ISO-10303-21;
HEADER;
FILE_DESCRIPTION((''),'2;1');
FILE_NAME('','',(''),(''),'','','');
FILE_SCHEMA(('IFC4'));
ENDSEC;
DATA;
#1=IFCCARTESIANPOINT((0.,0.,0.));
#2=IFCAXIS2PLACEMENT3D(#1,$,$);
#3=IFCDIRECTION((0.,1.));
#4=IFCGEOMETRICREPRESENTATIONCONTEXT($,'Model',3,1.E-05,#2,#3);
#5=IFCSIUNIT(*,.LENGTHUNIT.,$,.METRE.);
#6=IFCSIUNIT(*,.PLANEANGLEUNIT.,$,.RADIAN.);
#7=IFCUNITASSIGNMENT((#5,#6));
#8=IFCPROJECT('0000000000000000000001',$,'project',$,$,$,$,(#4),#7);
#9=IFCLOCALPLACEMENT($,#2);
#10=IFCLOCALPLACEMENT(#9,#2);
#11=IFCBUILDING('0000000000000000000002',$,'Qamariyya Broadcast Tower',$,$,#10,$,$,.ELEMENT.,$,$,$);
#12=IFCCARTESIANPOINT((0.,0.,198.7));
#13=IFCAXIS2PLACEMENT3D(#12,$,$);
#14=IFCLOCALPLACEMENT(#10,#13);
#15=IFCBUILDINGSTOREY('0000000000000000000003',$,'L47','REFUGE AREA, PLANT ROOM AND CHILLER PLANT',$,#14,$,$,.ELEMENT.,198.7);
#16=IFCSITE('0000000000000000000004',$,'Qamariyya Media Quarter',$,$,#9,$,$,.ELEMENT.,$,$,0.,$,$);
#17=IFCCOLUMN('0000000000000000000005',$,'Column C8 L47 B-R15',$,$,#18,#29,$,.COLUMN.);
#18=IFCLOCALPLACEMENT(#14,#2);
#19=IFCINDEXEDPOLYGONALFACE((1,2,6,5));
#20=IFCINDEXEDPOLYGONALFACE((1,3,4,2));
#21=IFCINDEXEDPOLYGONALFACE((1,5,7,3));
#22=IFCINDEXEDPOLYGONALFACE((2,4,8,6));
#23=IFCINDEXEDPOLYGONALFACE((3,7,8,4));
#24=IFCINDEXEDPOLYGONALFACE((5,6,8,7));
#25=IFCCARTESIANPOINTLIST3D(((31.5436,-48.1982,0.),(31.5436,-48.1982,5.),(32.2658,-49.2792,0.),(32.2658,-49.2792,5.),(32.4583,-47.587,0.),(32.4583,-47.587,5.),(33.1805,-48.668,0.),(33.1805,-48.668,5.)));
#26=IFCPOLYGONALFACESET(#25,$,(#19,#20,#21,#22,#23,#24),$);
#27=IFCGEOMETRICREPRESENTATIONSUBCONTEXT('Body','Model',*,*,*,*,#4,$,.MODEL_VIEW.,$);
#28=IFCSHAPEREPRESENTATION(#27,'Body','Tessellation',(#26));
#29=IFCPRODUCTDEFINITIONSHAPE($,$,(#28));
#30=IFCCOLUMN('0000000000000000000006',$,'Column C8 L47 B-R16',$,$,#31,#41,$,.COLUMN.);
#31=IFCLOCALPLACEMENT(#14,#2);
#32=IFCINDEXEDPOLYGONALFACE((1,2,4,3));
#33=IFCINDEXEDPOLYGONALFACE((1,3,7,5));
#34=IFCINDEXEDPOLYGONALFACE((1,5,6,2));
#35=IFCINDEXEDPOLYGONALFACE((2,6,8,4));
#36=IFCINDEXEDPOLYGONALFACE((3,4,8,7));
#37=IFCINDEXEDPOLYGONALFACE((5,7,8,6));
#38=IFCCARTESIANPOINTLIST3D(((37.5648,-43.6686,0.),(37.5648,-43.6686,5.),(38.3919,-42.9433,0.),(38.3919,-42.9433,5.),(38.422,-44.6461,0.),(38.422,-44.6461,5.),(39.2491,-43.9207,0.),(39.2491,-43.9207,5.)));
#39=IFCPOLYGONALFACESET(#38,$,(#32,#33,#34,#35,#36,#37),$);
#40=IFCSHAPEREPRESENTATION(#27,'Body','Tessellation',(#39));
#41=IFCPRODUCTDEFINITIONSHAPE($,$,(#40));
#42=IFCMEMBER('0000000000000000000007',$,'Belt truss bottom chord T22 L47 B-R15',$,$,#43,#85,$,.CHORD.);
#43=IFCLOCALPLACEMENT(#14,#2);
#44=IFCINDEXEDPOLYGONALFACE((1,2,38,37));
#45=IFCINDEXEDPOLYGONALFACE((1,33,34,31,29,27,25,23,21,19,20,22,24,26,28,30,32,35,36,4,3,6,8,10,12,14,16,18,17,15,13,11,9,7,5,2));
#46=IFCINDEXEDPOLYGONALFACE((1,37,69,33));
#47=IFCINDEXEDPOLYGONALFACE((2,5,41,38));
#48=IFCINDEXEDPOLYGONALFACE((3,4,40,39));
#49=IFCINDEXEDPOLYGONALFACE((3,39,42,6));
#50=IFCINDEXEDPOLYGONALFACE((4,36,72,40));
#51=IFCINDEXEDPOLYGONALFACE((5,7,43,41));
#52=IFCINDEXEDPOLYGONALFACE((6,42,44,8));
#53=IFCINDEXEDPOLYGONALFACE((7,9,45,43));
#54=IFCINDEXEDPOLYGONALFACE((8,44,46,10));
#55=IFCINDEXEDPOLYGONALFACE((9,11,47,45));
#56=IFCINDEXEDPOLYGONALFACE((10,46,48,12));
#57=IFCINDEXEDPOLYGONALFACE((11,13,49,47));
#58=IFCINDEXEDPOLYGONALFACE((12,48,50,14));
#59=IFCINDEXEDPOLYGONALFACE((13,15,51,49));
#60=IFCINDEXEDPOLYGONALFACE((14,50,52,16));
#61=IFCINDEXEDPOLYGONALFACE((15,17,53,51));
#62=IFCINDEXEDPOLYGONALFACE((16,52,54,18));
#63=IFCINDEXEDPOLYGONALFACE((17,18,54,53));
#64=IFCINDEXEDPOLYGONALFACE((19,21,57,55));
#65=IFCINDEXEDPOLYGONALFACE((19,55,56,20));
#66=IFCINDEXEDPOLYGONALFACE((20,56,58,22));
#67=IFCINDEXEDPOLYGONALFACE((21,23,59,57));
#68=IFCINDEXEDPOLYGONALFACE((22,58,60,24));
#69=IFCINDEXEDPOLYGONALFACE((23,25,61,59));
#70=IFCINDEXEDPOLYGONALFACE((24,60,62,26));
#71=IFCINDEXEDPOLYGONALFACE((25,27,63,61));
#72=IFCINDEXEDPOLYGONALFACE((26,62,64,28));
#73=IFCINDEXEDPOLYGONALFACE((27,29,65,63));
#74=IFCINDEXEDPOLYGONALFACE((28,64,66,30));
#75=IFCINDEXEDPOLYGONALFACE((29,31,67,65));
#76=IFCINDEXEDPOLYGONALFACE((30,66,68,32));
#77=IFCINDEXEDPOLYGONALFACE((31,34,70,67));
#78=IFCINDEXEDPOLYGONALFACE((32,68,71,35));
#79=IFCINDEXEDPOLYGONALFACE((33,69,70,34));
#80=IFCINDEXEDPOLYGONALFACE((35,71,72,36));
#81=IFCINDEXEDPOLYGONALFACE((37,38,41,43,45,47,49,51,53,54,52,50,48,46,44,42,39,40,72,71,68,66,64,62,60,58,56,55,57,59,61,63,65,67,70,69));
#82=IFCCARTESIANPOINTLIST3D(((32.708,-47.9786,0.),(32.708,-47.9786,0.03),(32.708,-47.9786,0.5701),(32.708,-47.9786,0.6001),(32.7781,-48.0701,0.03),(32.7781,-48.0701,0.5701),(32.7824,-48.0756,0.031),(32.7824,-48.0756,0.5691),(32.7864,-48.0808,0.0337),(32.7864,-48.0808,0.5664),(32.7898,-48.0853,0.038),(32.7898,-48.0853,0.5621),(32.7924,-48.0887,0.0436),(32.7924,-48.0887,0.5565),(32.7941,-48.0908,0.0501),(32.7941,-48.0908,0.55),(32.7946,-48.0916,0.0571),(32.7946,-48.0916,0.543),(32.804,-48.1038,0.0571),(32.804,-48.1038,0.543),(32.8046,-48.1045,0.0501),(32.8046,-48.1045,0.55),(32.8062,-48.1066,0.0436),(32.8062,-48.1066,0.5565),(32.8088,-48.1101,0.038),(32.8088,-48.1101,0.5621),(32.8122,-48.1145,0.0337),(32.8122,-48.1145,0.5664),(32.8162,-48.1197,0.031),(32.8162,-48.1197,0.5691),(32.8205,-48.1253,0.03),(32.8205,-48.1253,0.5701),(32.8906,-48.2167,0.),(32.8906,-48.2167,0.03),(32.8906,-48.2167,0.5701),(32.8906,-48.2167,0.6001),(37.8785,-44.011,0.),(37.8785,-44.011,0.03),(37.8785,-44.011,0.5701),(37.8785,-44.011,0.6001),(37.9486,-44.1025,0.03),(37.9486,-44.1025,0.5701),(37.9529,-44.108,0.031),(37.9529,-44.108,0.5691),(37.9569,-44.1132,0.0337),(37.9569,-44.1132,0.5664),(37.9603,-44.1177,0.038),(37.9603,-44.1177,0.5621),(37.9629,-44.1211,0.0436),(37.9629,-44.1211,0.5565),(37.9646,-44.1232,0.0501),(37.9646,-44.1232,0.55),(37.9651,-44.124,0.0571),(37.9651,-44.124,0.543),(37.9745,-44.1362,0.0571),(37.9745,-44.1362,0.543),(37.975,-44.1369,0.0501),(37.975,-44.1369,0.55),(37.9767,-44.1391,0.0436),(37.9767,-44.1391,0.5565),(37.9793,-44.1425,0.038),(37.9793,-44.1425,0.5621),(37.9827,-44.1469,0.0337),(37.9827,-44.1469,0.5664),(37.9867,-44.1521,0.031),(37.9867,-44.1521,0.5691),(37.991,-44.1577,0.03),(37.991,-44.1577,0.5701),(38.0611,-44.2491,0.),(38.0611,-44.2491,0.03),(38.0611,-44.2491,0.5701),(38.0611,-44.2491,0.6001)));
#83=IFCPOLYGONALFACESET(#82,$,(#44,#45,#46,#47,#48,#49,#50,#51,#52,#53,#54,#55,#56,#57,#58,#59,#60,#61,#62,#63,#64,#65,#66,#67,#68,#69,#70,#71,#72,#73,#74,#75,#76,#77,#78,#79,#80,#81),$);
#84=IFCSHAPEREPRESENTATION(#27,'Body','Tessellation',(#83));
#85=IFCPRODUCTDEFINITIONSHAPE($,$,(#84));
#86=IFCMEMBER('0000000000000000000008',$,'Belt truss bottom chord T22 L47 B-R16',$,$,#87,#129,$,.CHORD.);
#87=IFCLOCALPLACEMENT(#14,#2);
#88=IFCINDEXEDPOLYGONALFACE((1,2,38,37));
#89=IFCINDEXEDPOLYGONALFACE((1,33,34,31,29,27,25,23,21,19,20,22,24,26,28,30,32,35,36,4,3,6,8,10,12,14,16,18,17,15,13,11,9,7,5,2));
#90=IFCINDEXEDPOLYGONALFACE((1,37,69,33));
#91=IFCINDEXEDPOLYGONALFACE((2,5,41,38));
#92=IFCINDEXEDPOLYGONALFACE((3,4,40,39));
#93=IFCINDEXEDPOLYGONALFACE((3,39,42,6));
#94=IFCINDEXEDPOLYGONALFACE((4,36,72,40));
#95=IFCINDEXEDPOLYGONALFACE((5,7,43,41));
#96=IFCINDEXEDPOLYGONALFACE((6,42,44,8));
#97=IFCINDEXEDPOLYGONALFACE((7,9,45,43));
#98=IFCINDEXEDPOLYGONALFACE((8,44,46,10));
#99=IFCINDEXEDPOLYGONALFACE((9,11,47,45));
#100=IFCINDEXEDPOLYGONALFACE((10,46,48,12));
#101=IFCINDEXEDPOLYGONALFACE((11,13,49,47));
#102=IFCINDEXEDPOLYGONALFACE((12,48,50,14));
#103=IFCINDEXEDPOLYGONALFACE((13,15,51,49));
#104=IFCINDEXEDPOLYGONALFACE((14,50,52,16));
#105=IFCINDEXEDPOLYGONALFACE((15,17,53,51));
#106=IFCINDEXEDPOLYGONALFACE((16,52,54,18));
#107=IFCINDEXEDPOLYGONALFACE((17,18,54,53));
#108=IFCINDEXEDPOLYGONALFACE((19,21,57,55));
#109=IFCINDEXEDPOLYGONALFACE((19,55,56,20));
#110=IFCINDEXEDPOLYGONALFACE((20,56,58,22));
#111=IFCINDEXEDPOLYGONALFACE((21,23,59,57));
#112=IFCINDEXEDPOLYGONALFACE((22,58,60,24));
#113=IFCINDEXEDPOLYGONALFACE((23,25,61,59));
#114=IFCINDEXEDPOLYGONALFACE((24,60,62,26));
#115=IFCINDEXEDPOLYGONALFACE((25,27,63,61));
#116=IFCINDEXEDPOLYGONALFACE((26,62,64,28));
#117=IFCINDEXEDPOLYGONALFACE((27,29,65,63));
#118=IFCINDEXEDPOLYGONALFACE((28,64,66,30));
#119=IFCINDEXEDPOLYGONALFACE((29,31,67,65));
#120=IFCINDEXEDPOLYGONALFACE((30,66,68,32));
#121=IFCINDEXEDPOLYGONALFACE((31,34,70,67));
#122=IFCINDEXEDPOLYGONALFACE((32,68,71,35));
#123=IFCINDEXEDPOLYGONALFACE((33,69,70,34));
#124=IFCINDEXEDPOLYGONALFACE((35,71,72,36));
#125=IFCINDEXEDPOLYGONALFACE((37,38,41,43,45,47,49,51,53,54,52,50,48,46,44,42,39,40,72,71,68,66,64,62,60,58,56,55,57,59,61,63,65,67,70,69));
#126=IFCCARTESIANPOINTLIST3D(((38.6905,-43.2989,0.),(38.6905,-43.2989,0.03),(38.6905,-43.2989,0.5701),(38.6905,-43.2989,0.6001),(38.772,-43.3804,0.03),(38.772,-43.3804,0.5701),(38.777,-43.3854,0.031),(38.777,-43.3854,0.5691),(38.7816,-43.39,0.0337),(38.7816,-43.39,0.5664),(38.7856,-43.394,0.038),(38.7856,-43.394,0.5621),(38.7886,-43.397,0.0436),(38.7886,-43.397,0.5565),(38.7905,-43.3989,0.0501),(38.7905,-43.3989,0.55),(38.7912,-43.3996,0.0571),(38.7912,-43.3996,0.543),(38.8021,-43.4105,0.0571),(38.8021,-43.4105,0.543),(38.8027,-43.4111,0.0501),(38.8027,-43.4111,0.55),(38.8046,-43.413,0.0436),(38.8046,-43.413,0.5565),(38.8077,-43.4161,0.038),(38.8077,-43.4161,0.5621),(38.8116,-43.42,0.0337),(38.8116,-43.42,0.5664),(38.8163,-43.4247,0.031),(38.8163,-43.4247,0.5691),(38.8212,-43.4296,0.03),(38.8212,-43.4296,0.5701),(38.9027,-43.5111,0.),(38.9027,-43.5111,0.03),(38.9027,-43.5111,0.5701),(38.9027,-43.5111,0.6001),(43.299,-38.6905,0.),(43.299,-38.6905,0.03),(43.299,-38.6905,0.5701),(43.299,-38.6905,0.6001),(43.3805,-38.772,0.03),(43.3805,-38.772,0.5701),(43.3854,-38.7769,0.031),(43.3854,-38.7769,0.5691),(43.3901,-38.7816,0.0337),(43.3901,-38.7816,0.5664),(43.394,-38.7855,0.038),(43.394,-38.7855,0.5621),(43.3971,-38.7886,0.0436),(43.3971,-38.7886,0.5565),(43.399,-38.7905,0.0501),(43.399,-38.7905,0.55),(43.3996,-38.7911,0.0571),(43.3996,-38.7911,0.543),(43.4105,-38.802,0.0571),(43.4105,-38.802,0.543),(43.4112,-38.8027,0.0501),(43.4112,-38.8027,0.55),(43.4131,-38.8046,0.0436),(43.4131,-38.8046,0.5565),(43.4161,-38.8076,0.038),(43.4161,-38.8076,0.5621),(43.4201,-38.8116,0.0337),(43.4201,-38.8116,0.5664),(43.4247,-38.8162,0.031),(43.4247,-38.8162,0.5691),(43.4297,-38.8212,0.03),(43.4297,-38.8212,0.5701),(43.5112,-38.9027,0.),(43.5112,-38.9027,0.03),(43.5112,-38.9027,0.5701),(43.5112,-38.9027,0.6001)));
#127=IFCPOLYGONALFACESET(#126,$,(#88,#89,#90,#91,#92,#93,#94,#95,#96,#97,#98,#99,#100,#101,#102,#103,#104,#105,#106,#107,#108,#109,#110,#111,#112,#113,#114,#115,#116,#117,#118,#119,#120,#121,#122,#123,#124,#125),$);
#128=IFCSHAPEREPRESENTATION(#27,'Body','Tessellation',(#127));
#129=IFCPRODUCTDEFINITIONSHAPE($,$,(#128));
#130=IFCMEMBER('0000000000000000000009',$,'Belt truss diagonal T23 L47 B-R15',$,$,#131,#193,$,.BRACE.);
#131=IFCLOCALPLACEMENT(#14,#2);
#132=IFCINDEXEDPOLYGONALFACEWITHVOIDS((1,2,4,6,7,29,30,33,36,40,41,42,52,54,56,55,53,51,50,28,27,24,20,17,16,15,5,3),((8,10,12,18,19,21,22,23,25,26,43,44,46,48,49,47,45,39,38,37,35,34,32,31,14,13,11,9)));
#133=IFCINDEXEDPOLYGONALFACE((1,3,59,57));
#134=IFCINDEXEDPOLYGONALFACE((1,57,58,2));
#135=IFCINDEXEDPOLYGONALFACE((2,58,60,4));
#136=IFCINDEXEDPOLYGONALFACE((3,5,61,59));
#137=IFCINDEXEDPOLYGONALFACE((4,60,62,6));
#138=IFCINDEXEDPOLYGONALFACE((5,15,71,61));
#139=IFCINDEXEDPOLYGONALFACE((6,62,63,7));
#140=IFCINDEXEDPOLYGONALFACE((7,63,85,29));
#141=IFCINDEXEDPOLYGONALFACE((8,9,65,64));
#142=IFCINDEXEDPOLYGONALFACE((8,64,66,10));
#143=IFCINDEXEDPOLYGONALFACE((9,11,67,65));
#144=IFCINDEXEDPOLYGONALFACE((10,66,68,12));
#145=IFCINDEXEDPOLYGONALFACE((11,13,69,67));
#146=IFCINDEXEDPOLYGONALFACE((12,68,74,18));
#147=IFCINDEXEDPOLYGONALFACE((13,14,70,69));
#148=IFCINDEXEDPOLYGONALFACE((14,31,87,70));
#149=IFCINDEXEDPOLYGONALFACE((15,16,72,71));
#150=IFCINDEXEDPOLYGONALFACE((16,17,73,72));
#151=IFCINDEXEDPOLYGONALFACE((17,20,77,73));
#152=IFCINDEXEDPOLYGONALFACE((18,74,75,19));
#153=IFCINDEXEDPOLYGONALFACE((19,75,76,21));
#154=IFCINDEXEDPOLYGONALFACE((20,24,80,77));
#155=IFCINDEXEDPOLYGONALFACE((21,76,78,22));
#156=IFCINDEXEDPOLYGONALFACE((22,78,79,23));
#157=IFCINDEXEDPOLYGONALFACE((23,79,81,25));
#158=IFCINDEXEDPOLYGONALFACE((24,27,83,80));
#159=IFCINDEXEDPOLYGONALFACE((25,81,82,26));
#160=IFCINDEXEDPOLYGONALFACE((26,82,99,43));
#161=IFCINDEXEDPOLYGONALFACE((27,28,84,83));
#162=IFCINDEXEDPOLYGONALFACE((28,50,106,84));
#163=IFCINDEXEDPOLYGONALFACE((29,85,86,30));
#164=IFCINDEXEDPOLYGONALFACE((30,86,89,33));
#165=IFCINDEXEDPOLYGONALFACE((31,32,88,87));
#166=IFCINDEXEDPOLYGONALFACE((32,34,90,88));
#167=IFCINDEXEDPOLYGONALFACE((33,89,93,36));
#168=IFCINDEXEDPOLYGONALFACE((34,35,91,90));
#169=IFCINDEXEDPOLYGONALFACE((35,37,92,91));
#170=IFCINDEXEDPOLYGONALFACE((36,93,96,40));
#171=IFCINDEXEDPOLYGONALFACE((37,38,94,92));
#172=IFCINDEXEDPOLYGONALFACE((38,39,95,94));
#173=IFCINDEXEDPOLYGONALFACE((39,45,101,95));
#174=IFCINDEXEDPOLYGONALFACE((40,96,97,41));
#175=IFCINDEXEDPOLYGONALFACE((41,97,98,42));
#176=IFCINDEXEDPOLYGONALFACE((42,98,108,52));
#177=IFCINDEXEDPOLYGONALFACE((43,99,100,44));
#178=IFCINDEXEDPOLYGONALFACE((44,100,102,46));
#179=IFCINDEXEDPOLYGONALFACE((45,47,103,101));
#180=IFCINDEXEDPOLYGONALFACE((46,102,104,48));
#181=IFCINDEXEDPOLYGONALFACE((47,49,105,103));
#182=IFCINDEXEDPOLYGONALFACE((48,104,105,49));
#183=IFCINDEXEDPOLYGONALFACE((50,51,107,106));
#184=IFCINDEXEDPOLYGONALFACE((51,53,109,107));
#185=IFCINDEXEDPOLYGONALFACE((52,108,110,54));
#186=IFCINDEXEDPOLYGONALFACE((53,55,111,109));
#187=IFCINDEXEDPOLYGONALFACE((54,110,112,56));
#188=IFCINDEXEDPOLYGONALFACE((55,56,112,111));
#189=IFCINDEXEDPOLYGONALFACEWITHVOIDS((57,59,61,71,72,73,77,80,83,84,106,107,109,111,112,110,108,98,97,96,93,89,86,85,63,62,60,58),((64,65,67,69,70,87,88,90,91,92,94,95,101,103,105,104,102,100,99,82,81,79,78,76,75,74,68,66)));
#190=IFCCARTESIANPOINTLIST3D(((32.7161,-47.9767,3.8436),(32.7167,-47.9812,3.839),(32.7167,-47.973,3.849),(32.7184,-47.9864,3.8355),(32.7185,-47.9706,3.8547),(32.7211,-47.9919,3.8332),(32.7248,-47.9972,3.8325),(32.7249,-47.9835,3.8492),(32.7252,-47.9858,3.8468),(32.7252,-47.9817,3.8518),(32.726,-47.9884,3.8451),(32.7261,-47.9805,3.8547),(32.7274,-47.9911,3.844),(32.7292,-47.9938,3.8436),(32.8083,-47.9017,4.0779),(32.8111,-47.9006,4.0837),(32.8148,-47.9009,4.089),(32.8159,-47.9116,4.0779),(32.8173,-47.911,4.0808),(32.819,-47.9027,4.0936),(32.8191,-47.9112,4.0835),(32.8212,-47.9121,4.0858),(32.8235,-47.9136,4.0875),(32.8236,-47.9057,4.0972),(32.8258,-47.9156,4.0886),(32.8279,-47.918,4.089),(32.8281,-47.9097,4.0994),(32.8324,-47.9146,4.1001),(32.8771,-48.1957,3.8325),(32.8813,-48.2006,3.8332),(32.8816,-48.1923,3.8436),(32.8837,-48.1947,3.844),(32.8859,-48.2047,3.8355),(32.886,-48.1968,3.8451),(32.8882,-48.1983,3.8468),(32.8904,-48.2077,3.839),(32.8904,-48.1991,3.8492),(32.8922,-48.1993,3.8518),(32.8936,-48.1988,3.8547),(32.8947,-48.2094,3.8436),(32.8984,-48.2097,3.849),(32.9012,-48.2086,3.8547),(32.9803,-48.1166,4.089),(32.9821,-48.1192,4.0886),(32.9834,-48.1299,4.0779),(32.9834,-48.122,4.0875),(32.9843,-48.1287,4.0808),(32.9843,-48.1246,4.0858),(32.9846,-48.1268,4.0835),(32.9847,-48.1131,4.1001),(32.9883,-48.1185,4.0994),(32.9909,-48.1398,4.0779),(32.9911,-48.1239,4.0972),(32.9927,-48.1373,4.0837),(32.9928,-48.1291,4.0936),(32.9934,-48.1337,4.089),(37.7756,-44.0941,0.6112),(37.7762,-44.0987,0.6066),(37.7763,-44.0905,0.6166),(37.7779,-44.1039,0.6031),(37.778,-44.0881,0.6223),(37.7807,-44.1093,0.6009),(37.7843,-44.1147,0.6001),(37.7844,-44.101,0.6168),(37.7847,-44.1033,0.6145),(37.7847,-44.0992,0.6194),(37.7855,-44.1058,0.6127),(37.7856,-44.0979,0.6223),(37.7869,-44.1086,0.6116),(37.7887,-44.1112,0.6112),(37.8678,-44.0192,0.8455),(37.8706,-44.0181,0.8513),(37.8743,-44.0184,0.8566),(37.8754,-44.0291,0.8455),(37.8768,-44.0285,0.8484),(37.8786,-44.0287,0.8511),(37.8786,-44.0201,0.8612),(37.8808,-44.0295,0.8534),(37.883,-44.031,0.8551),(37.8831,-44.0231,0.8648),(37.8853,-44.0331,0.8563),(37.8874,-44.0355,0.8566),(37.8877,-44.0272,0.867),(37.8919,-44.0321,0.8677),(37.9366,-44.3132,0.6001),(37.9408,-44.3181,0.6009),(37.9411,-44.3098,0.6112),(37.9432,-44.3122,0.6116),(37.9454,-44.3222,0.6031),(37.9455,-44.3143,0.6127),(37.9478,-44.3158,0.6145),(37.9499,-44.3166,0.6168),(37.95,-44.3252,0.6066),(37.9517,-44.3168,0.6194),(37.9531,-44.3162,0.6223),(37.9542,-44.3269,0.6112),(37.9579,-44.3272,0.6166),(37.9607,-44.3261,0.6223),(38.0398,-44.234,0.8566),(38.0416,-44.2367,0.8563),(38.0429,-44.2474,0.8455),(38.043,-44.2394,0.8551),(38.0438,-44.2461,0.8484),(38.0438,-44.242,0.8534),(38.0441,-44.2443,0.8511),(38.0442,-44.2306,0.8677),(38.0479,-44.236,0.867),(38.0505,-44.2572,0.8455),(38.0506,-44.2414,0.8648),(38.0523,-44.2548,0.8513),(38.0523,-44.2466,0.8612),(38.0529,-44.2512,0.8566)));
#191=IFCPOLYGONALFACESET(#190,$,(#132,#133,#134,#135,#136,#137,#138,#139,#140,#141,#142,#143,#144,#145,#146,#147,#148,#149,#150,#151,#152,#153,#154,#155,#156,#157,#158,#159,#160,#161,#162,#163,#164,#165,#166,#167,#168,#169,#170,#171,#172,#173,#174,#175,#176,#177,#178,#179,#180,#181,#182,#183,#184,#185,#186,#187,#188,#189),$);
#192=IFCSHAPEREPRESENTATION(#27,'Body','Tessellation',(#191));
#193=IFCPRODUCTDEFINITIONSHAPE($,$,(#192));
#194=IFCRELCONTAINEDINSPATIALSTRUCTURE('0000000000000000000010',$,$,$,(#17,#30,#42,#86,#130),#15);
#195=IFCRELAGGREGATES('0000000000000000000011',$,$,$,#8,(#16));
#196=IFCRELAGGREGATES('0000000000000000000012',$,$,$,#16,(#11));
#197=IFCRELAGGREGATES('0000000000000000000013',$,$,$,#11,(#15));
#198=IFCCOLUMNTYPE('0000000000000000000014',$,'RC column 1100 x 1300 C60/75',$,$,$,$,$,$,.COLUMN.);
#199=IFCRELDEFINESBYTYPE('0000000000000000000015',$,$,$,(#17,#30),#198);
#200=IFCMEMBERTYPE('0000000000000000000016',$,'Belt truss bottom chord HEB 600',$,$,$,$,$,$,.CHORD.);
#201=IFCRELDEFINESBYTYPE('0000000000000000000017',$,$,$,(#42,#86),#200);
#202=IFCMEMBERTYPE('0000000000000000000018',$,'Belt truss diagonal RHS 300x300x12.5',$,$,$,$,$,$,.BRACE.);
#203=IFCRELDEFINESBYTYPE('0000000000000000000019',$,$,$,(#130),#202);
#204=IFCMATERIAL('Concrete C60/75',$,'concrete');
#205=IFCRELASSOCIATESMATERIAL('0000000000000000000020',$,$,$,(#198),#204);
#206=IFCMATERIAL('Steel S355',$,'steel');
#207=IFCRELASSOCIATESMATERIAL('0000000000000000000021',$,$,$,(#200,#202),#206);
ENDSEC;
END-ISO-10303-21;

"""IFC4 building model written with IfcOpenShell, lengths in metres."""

from ifc_helpers import new_model, si_unit, direction, frame, origin, origin_2d, place, context, subcontext, project, spatial, rectangle, hollow_rectangle, i_section, extrude, material, material_profile, profile_set, type_object, element, save


model = new_model("IFC4")

# Units and contexts
model_context = context("Model", 3, precision=1e-05, world=origin(), true_north=direction((0.0, 1.0)))
body_context = subcontext(model_context, "Body", "Model", "MODEL_VIEW")
ifc_project = project(units=[si_unit("LENGTHUNIT", "METRE"), si_unit("PLANEANGLEUNIT", "RADIAN")], contexts=[model_context])

# Site, building, storey
site_placement = place(None, origin())
site = spatial("IfcSite", under=ifc_project, at=site_placement, Name="Qamariyya Media Quarter", CompositionType="ELEMENT", RefElevation=0.0)
building_placement = place(site_placement, origin())
building = spatial("IfcBuilding", under=site, at=building_placement, Name="Qamariyya Broadcast Tower", CompositionType="ELEMENT")
storey_placement = place(building_placement, frame((0.0, 0.0, 198.7)))
storey = spatial("IfcBuildingStorey", under=building, at=storey_placement, Name="L47", Description="REFUGE AREA, PLANT ROOM AND CHILLER PLANT", CompositionType="ELEMENT", Elevation=198.7)

# Columns
ifc_material_1 = material(Name="Concrete C60/75", Category="concrete")
ifc_material_profile_1 = material_profile(ifc_material_1, rectangle(XDim=1.1001, YDim=1.3, at=origin_2d()))
ifc_profile_set_1 = profile_set([ifc_material_profile_1], Name="Concrete C60/75")
column_type = type_object("IfcColumnType", Name="RC column 1100 x 1300 C60/75", PredefinedType="COLUMN", material=ifc_profile_set_1)
for number, where, z_axis, x_axis, name in (
    (1, (32.3621, -48.4331, 0.0), (0.0, 0.0, 1.0), (0.83147, 0.55557, 0.0), "Column C8 L47 B-R15"),
    (2, (38.407, -43.7947, 0.0), (0.0, 0.0, 1.0), (0.75184, 0.659346, 0.0), "Column C8 L47 B-R16"),
):
    element("IfcColumn", number, at=place(storey_placement, frame(where, z_axis=z_axis, x_axis=x_axis)), inside=storey, type_object=column_type, Name=name, PredefinedType="COLUMN", context=body_context, shape_type="SweptSolid", body=[
        extrude(rectangle(XDim=1.1001, YDim=1.3, at=origin_2d()), origin(), (0.0, 0.0, 1.0), 5.0),
    ])

# Members
ifc_material_2 = material(Name="Steel S355", Category="steel")
ifc_material_profile_2 = material_profile(ifc_material_2, i_section(OverallWidth=0.3, OverallDepth=0.6001, WebThickness=0.0154, FlangeThickness=0.03, FilletRadius=0.0271, at=origin_2d()))
ifc_profile_set_2 = profile_set([ifc_material_profile_2], Name="Steel S355")
member_type_1 = type_object("IfcMemberType", Name="Belt truss bottom chord HEB 600", PredefinedType="CHORD", material=ifc_profile_set_2)
for number, where, z_axis, x_axis, name in (
    (3, (32.7993, -48.0977, 0.3), (0.793343, 0.608774, 0.0), (-0.608774, 0.793343, 0.0), "Belt truss bottom chord T22 L47 B-R15"),
    (4, (38.7966, -43.405, 0.3), (0.707107, 0.707107, 0.0), (-0.707107, 0.707107, 0.0), "Belt truss bottom chord T22 L47 B-R16"),
):
    element("IfcMember", number, at=place(storey_placement, frame(where, z_axis=z_axis, x_axis=x_axis)), inside=storey, type_object=member_type_1, Name=name, PredefinedType="CHORD", context=body_context, shape_type="SweptSolid", body=[
        extrude(i_section(OverallWidth=0.3, OverallDepth=0.6001, WebThickness=0.0154, FlangeThickness=0.03, FilletRadius=0.0271, at=origin_2d()), origin(), (0.0, 0.0, 1.0), 6.5173),
    ])
ifc_material_profile_3 = material_profile(ifc_material_2, hollow_rectangle(XDim=0.3, YDim=0.3, WallThickness=0.0125, InnerFilletRadius=0.0125, OuterFilletRadius=0.0249, at=origin_2d()))
ifc_profile_set_3 = profile_set([ifc_material_profile_3], Name="Steel S355")
member_type_2 = type_object("IfcMemberType", Name="Belt truss diagonal RHS 300x300x12.5", PredefinedType="BRACE", material=ifc_profile_set_3)
for number, where, z_axis, x_axis, name in (
    (5, (32.8547, -48.0552, 3.9663), (0.707635, 0.543018, -0.452089), (-0.608783, 0.793336, 0.0), "Belt truss diagonal T23 L47 B-R15"),
):
    element("IfcMember", number, at=place(storey_placement, frame(where, z_axis=z_axis, x_axis=x_axis)), inside=storey, type_object=member_type_2, Name=name, PredefinedType="BRACE", context=body_context, shape_type="SweptSolid", body=[
        extrude(hollow_rectangle(XDim=0.3, YDim=0.3, WallThickness=0.0125, InnerFilletRadius=0.0125, OuterFilletRadius=0.0249, at=origin_2d()), origin(), (0.0, 0.0, 1.0), 7.1499),
    ])

save(model, "model.ifc")
